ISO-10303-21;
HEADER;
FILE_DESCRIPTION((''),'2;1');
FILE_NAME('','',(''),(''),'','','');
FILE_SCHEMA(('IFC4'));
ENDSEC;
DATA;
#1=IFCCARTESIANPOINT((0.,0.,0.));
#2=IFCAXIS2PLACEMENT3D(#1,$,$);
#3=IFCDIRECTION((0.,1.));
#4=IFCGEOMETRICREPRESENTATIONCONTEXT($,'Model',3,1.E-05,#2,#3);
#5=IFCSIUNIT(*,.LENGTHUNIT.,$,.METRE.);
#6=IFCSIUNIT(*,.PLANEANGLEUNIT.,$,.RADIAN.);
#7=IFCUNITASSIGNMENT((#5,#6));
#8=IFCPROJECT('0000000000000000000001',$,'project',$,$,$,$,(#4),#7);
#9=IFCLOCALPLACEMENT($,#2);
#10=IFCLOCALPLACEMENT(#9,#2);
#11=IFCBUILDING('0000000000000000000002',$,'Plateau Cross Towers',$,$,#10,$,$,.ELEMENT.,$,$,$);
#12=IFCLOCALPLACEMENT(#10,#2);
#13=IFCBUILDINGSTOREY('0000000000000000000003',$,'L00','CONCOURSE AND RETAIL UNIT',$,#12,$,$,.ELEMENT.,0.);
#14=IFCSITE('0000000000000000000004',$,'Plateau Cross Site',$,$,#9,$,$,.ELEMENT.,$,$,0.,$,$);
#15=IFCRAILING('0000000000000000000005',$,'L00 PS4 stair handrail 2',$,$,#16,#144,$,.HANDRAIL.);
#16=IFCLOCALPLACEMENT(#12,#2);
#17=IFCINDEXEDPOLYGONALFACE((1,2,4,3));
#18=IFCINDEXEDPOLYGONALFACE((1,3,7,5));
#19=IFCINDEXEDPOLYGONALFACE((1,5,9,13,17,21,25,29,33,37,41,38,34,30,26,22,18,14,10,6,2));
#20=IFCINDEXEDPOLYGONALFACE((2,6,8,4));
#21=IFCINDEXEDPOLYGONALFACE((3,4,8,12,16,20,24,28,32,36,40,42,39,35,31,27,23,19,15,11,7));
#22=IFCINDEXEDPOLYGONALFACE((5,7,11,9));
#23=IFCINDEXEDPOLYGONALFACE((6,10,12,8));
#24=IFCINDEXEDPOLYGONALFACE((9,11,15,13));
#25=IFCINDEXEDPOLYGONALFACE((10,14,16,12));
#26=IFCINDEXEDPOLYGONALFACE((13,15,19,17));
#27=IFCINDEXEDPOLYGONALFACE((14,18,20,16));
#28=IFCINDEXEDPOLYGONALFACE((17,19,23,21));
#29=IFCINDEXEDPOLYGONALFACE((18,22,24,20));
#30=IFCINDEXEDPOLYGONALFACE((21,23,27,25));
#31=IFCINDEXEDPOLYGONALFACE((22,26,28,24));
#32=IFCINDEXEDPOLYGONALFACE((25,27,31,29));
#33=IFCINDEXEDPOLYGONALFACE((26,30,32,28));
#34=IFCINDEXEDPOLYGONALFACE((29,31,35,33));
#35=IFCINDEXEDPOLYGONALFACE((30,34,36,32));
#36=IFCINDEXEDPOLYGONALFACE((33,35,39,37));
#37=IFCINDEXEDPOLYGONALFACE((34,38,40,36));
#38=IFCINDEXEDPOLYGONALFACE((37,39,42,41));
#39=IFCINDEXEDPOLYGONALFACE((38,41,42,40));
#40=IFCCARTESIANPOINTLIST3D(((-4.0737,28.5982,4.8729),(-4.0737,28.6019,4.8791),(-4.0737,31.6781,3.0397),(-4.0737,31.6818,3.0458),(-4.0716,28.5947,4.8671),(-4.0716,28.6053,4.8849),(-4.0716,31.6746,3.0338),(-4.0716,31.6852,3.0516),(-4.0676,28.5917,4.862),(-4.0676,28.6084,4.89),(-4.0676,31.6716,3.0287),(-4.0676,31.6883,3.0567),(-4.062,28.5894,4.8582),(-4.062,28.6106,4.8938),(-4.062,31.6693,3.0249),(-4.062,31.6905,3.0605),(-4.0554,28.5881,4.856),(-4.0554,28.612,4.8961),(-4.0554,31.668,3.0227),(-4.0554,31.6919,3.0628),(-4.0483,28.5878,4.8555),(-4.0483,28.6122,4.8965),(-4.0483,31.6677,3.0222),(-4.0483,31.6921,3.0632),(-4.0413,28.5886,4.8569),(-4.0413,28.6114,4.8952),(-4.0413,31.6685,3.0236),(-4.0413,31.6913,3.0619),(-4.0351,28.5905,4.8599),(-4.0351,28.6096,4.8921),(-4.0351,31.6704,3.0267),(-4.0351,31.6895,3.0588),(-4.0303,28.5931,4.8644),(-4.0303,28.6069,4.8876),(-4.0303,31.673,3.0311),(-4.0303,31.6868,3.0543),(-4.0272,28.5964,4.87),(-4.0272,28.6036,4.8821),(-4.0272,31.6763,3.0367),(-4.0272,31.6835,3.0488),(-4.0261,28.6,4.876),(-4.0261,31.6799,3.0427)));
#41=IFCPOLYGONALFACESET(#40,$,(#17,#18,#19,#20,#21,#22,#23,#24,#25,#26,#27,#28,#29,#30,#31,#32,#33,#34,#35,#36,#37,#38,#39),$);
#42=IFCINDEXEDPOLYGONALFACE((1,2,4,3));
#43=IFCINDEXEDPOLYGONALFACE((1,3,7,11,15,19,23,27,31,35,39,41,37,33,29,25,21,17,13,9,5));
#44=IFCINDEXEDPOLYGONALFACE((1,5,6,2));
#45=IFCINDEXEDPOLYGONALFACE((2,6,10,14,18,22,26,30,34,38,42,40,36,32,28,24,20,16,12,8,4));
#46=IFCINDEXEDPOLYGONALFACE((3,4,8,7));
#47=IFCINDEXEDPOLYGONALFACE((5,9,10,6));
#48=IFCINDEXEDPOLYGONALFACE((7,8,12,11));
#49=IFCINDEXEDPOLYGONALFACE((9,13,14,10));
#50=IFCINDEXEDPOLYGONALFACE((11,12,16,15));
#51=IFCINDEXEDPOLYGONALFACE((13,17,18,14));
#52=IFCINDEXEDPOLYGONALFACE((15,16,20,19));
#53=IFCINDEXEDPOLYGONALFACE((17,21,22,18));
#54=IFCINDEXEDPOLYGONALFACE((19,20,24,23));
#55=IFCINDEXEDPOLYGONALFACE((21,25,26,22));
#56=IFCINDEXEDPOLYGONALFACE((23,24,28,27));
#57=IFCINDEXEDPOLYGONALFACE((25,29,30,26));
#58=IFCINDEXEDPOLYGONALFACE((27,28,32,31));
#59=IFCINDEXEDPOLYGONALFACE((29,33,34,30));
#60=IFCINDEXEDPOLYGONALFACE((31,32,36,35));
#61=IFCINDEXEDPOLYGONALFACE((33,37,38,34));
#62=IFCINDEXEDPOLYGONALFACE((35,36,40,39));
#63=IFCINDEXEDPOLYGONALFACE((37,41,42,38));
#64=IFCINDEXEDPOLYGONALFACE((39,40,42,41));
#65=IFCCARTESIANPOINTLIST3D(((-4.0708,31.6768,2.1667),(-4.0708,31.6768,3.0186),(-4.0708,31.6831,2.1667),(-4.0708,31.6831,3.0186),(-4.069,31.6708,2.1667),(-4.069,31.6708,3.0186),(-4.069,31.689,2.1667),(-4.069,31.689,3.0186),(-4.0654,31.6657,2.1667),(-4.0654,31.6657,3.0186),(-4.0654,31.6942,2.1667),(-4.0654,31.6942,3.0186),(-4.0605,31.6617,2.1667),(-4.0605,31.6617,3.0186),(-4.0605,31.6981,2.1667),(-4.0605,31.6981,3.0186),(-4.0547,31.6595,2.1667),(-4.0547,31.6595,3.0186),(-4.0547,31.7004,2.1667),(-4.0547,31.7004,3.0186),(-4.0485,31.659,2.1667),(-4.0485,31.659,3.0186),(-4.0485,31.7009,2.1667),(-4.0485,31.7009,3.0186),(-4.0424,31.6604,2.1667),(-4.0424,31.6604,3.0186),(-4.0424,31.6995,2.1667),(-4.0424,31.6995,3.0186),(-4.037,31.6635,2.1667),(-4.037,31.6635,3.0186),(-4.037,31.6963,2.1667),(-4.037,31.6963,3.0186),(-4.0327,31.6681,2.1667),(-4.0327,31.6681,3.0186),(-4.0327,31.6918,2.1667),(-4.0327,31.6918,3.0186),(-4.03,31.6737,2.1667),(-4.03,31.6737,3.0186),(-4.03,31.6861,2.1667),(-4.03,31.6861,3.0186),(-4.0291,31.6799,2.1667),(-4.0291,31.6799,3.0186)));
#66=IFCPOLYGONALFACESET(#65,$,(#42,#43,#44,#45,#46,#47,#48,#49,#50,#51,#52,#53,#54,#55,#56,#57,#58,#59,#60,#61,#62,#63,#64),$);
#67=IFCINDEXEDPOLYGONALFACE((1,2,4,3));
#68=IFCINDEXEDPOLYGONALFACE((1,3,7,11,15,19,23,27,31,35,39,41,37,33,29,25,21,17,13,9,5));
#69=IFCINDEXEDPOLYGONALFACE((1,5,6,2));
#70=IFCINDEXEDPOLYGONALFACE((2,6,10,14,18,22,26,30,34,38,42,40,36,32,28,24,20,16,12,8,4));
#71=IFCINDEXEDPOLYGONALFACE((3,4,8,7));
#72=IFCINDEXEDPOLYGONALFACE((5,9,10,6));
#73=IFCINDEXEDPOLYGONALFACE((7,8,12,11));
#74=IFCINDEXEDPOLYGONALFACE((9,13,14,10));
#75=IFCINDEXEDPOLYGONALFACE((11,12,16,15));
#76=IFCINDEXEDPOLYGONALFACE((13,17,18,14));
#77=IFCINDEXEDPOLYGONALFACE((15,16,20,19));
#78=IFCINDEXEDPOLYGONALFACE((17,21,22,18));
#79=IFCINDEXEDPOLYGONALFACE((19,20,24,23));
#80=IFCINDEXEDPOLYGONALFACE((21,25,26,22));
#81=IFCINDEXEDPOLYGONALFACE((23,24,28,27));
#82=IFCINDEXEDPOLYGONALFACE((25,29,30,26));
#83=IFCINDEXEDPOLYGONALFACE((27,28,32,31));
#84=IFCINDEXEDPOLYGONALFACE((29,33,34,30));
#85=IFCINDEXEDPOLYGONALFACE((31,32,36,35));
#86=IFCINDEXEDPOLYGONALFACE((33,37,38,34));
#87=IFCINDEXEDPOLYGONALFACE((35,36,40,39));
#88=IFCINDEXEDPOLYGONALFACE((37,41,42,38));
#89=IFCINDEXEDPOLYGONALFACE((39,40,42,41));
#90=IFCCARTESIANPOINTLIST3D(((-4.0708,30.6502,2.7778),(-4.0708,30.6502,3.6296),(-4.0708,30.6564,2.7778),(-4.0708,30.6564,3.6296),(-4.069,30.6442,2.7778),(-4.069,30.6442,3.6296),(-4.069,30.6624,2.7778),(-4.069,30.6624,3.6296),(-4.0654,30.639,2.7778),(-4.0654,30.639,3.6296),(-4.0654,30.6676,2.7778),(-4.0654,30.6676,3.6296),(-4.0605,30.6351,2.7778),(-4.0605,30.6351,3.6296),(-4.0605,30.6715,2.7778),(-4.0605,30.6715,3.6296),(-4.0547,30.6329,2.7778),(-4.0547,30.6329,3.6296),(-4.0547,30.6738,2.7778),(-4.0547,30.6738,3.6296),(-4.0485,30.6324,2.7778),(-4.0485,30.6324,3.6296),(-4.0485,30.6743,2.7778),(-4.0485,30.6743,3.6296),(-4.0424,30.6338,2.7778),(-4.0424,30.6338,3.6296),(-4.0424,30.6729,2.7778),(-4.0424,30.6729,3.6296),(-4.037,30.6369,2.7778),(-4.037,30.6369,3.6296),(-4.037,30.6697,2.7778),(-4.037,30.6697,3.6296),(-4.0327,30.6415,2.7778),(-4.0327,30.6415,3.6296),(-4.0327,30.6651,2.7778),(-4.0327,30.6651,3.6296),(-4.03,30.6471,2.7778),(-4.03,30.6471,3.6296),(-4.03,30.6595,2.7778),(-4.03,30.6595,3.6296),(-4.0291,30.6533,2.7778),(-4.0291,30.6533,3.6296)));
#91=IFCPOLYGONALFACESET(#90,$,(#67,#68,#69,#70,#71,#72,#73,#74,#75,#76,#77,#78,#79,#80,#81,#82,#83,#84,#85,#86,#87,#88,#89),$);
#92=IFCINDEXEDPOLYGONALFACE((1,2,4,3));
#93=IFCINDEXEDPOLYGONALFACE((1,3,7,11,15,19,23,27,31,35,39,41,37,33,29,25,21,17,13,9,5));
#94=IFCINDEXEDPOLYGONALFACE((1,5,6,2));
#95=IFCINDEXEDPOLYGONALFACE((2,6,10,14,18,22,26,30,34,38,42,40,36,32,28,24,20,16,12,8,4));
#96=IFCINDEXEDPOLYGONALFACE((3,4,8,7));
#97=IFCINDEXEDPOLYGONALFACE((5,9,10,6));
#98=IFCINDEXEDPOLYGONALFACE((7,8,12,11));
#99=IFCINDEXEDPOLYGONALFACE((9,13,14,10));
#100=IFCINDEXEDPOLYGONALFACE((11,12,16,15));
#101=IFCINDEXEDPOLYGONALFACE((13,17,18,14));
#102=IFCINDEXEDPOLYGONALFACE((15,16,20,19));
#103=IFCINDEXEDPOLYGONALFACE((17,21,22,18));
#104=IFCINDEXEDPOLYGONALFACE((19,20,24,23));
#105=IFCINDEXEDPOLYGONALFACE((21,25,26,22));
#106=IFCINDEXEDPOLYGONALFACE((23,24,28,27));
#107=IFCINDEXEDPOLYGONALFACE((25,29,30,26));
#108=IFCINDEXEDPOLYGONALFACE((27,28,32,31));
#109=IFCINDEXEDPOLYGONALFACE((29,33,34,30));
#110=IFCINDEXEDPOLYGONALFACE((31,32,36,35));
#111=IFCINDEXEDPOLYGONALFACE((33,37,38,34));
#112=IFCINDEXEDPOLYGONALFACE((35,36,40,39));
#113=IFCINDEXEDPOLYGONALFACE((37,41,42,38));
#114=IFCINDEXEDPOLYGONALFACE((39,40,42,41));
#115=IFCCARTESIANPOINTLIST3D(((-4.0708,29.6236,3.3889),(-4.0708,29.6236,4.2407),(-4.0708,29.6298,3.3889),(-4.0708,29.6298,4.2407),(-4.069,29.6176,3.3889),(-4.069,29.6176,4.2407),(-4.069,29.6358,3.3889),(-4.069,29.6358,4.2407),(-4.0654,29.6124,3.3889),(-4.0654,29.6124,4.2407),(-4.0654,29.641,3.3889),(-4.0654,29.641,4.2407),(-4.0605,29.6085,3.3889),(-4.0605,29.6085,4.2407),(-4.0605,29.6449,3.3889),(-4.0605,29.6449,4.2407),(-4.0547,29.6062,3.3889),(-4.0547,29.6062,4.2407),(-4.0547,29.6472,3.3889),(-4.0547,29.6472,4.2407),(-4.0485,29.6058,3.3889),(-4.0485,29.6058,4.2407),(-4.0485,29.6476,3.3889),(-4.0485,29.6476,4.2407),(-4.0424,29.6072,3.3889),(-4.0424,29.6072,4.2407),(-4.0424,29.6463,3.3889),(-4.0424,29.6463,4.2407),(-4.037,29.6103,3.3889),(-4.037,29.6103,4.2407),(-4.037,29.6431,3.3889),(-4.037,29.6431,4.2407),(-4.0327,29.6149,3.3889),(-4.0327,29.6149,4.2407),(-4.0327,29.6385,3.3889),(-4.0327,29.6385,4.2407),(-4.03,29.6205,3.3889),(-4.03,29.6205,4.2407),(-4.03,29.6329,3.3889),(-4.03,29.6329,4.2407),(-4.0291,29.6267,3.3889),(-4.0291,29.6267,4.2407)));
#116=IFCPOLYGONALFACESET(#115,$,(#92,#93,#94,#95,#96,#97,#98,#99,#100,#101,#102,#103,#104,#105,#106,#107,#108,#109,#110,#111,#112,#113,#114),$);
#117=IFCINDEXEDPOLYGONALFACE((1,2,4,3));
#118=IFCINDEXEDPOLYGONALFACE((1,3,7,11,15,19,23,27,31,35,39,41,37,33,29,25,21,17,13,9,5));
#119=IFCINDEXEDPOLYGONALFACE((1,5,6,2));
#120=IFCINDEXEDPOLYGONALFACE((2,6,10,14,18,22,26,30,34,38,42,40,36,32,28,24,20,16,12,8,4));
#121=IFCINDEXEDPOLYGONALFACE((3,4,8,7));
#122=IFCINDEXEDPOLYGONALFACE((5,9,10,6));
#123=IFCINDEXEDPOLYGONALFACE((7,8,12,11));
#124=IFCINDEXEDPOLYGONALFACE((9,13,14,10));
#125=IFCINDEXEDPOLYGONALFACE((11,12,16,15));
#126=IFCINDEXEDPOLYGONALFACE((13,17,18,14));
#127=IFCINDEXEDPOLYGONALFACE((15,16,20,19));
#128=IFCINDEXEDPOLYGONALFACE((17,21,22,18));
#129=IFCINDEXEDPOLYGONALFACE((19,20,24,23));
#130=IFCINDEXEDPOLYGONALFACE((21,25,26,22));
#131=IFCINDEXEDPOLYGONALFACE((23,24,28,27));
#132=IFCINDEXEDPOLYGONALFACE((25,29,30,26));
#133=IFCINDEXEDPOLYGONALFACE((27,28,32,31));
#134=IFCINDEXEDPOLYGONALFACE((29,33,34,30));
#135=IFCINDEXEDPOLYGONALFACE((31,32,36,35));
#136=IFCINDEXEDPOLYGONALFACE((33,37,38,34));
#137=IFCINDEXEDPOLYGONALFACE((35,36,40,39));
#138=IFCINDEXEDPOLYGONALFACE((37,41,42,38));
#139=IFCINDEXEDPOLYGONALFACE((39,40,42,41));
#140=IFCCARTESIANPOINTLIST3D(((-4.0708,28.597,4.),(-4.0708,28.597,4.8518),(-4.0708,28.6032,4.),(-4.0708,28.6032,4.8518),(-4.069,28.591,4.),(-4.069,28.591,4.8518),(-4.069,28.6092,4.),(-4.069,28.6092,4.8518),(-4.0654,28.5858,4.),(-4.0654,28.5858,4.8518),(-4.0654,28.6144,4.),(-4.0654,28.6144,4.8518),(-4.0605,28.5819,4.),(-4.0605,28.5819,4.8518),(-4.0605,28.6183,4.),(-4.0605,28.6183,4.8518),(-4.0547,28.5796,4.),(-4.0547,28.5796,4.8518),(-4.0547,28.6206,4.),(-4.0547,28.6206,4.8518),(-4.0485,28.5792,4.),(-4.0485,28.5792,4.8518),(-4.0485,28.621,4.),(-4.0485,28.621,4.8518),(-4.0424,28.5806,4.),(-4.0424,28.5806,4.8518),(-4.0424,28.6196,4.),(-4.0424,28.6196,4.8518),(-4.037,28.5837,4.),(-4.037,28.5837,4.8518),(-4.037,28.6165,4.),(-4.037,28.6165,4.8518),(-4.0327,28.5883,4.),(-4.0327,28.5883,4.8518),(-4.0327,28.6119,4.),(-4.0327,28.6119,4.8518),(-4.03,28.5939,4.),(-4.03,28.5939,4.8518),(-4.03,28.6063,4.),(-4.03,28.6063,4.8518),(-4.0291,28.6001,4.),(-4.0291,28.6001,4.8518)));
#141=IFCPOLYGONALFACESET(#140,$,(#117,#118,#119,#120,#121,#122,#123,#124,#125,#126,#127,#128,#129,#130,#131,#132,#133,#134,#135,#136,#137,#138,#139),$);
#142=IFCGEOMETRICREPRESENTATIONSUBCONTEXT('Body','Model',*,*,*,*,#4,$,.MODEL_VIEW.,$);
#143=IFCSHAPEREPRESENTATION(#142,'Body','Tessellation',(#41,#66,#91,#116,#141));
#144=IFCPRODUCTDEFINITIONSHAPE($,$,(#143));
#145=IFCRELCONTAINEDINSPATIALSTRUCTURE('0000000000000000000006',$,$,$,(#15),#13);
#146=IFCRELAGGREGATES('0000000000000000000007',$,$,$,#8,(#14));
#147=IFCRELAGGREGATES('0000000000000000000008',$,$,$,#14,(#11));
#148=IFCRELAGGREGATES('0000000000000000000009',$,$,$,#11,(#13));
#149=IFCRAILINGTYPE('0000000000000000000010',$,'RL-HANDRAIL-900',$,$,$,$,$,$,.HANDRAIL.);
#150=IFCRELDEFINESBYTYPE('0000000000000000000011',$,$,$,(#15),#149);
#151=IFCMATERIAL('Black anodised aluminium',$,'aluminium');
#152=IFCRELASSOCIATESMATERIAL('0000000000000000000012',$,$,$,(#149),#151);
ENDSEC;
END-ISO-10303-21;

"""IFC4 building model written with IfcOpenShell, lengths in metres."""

from ifc_helpers import new_model, si_unit, direction, frame, origin, origin_2d, place, context, subcontext, project, spatial, circle, extrude, material, type_object, element, save


model = new_model("IFC4")

# Units and contexts
model_context = context("Model", 3, precision=1e-05, world=origin(), true_north=direction((0.0, 1.0)))
body_context = subcontext(model_context, "Body", "Model", "MODEL_VIEW")
ifc_project = project(units=[si_unit("LENGTHUNIT", "METRE"), si_unit("PLANEANGLEUNIT", "RADIAN")], contexts=[model_context])

# Site, building, storey
site_placement = place(None, origin())
site = spatial("IfcSite", under=ifc_project, at=site_placement, Name="Plateau Cross Site", CompositionType="ELEMENT", RefElevation=0.0)
building_placement = place(site_placement, origin())
building = spatial("IfcBuilding", under=site, at=building_placement, Name="Plateau Cross Towers", CompositionType="ELEMENT")
storey_placement = place(building_placement, origin())
storey = spatial("IfcBuildingStorey", under=building, at=storey_placement, Name="L00", Description="CONCOURSE AND RETAIL UNIT", CompositionType="ELEMENT", Elevation=0.0)

# Shared definitions
ifc_material_1 = material(Name="Black anodised aluminium", Category="aluminium")

# Railing
railing_type_1 = type_object("IfcRailingType", Name="RL-HANDRAIL-900", PredefinedType="HANDRAIL", material=ifc_material_1)
railing_1_placement = place(storey_placement, frame((-4.05, 31.6799, 2.1667)))
element("IfcRailing", 1, at=railing_1_placement, inside=storey, type_object=railing_type_1, Name="L00 PS4 stair handrail 2", PredefinedType="HANDRAIL", context=body_context, shape_type="SweptSolid", body=[
    extrude(circle(Radius=0.0239, at=origin_2d()), frame((0.0, 0.0, 0.876), z_axis=(0.0, -0.859291, 0.511487), x_axis=(1.0, 0.0, 0.0)), (0.0, 0.0, 1.0), 3.5842),
    extrude(circle(Radius=0.021, at=origin_2d()), origin(), (0.0, 0.0, 1.0), 0.8518),
    extrude(circle(Radius=0.021, at=origin_2d()), frame((0.0, -1.0266, 0.6111)), (0.0, 0.0, 1.0), 0.8518),
    extrude(circle(Radius=0.021, at=origin_2d()), frame((0.0, -2.0532, 1.2222)), (0.0, 0.0, 1.0), 0.8518),
    extrude(circle(Radius=0.021, at=origin_2d()), frame((0.0, -3.0798, 1.8333)), (0.0, 0.0, 1.0), 0.8518),
])

save(model, "model.ifc")
